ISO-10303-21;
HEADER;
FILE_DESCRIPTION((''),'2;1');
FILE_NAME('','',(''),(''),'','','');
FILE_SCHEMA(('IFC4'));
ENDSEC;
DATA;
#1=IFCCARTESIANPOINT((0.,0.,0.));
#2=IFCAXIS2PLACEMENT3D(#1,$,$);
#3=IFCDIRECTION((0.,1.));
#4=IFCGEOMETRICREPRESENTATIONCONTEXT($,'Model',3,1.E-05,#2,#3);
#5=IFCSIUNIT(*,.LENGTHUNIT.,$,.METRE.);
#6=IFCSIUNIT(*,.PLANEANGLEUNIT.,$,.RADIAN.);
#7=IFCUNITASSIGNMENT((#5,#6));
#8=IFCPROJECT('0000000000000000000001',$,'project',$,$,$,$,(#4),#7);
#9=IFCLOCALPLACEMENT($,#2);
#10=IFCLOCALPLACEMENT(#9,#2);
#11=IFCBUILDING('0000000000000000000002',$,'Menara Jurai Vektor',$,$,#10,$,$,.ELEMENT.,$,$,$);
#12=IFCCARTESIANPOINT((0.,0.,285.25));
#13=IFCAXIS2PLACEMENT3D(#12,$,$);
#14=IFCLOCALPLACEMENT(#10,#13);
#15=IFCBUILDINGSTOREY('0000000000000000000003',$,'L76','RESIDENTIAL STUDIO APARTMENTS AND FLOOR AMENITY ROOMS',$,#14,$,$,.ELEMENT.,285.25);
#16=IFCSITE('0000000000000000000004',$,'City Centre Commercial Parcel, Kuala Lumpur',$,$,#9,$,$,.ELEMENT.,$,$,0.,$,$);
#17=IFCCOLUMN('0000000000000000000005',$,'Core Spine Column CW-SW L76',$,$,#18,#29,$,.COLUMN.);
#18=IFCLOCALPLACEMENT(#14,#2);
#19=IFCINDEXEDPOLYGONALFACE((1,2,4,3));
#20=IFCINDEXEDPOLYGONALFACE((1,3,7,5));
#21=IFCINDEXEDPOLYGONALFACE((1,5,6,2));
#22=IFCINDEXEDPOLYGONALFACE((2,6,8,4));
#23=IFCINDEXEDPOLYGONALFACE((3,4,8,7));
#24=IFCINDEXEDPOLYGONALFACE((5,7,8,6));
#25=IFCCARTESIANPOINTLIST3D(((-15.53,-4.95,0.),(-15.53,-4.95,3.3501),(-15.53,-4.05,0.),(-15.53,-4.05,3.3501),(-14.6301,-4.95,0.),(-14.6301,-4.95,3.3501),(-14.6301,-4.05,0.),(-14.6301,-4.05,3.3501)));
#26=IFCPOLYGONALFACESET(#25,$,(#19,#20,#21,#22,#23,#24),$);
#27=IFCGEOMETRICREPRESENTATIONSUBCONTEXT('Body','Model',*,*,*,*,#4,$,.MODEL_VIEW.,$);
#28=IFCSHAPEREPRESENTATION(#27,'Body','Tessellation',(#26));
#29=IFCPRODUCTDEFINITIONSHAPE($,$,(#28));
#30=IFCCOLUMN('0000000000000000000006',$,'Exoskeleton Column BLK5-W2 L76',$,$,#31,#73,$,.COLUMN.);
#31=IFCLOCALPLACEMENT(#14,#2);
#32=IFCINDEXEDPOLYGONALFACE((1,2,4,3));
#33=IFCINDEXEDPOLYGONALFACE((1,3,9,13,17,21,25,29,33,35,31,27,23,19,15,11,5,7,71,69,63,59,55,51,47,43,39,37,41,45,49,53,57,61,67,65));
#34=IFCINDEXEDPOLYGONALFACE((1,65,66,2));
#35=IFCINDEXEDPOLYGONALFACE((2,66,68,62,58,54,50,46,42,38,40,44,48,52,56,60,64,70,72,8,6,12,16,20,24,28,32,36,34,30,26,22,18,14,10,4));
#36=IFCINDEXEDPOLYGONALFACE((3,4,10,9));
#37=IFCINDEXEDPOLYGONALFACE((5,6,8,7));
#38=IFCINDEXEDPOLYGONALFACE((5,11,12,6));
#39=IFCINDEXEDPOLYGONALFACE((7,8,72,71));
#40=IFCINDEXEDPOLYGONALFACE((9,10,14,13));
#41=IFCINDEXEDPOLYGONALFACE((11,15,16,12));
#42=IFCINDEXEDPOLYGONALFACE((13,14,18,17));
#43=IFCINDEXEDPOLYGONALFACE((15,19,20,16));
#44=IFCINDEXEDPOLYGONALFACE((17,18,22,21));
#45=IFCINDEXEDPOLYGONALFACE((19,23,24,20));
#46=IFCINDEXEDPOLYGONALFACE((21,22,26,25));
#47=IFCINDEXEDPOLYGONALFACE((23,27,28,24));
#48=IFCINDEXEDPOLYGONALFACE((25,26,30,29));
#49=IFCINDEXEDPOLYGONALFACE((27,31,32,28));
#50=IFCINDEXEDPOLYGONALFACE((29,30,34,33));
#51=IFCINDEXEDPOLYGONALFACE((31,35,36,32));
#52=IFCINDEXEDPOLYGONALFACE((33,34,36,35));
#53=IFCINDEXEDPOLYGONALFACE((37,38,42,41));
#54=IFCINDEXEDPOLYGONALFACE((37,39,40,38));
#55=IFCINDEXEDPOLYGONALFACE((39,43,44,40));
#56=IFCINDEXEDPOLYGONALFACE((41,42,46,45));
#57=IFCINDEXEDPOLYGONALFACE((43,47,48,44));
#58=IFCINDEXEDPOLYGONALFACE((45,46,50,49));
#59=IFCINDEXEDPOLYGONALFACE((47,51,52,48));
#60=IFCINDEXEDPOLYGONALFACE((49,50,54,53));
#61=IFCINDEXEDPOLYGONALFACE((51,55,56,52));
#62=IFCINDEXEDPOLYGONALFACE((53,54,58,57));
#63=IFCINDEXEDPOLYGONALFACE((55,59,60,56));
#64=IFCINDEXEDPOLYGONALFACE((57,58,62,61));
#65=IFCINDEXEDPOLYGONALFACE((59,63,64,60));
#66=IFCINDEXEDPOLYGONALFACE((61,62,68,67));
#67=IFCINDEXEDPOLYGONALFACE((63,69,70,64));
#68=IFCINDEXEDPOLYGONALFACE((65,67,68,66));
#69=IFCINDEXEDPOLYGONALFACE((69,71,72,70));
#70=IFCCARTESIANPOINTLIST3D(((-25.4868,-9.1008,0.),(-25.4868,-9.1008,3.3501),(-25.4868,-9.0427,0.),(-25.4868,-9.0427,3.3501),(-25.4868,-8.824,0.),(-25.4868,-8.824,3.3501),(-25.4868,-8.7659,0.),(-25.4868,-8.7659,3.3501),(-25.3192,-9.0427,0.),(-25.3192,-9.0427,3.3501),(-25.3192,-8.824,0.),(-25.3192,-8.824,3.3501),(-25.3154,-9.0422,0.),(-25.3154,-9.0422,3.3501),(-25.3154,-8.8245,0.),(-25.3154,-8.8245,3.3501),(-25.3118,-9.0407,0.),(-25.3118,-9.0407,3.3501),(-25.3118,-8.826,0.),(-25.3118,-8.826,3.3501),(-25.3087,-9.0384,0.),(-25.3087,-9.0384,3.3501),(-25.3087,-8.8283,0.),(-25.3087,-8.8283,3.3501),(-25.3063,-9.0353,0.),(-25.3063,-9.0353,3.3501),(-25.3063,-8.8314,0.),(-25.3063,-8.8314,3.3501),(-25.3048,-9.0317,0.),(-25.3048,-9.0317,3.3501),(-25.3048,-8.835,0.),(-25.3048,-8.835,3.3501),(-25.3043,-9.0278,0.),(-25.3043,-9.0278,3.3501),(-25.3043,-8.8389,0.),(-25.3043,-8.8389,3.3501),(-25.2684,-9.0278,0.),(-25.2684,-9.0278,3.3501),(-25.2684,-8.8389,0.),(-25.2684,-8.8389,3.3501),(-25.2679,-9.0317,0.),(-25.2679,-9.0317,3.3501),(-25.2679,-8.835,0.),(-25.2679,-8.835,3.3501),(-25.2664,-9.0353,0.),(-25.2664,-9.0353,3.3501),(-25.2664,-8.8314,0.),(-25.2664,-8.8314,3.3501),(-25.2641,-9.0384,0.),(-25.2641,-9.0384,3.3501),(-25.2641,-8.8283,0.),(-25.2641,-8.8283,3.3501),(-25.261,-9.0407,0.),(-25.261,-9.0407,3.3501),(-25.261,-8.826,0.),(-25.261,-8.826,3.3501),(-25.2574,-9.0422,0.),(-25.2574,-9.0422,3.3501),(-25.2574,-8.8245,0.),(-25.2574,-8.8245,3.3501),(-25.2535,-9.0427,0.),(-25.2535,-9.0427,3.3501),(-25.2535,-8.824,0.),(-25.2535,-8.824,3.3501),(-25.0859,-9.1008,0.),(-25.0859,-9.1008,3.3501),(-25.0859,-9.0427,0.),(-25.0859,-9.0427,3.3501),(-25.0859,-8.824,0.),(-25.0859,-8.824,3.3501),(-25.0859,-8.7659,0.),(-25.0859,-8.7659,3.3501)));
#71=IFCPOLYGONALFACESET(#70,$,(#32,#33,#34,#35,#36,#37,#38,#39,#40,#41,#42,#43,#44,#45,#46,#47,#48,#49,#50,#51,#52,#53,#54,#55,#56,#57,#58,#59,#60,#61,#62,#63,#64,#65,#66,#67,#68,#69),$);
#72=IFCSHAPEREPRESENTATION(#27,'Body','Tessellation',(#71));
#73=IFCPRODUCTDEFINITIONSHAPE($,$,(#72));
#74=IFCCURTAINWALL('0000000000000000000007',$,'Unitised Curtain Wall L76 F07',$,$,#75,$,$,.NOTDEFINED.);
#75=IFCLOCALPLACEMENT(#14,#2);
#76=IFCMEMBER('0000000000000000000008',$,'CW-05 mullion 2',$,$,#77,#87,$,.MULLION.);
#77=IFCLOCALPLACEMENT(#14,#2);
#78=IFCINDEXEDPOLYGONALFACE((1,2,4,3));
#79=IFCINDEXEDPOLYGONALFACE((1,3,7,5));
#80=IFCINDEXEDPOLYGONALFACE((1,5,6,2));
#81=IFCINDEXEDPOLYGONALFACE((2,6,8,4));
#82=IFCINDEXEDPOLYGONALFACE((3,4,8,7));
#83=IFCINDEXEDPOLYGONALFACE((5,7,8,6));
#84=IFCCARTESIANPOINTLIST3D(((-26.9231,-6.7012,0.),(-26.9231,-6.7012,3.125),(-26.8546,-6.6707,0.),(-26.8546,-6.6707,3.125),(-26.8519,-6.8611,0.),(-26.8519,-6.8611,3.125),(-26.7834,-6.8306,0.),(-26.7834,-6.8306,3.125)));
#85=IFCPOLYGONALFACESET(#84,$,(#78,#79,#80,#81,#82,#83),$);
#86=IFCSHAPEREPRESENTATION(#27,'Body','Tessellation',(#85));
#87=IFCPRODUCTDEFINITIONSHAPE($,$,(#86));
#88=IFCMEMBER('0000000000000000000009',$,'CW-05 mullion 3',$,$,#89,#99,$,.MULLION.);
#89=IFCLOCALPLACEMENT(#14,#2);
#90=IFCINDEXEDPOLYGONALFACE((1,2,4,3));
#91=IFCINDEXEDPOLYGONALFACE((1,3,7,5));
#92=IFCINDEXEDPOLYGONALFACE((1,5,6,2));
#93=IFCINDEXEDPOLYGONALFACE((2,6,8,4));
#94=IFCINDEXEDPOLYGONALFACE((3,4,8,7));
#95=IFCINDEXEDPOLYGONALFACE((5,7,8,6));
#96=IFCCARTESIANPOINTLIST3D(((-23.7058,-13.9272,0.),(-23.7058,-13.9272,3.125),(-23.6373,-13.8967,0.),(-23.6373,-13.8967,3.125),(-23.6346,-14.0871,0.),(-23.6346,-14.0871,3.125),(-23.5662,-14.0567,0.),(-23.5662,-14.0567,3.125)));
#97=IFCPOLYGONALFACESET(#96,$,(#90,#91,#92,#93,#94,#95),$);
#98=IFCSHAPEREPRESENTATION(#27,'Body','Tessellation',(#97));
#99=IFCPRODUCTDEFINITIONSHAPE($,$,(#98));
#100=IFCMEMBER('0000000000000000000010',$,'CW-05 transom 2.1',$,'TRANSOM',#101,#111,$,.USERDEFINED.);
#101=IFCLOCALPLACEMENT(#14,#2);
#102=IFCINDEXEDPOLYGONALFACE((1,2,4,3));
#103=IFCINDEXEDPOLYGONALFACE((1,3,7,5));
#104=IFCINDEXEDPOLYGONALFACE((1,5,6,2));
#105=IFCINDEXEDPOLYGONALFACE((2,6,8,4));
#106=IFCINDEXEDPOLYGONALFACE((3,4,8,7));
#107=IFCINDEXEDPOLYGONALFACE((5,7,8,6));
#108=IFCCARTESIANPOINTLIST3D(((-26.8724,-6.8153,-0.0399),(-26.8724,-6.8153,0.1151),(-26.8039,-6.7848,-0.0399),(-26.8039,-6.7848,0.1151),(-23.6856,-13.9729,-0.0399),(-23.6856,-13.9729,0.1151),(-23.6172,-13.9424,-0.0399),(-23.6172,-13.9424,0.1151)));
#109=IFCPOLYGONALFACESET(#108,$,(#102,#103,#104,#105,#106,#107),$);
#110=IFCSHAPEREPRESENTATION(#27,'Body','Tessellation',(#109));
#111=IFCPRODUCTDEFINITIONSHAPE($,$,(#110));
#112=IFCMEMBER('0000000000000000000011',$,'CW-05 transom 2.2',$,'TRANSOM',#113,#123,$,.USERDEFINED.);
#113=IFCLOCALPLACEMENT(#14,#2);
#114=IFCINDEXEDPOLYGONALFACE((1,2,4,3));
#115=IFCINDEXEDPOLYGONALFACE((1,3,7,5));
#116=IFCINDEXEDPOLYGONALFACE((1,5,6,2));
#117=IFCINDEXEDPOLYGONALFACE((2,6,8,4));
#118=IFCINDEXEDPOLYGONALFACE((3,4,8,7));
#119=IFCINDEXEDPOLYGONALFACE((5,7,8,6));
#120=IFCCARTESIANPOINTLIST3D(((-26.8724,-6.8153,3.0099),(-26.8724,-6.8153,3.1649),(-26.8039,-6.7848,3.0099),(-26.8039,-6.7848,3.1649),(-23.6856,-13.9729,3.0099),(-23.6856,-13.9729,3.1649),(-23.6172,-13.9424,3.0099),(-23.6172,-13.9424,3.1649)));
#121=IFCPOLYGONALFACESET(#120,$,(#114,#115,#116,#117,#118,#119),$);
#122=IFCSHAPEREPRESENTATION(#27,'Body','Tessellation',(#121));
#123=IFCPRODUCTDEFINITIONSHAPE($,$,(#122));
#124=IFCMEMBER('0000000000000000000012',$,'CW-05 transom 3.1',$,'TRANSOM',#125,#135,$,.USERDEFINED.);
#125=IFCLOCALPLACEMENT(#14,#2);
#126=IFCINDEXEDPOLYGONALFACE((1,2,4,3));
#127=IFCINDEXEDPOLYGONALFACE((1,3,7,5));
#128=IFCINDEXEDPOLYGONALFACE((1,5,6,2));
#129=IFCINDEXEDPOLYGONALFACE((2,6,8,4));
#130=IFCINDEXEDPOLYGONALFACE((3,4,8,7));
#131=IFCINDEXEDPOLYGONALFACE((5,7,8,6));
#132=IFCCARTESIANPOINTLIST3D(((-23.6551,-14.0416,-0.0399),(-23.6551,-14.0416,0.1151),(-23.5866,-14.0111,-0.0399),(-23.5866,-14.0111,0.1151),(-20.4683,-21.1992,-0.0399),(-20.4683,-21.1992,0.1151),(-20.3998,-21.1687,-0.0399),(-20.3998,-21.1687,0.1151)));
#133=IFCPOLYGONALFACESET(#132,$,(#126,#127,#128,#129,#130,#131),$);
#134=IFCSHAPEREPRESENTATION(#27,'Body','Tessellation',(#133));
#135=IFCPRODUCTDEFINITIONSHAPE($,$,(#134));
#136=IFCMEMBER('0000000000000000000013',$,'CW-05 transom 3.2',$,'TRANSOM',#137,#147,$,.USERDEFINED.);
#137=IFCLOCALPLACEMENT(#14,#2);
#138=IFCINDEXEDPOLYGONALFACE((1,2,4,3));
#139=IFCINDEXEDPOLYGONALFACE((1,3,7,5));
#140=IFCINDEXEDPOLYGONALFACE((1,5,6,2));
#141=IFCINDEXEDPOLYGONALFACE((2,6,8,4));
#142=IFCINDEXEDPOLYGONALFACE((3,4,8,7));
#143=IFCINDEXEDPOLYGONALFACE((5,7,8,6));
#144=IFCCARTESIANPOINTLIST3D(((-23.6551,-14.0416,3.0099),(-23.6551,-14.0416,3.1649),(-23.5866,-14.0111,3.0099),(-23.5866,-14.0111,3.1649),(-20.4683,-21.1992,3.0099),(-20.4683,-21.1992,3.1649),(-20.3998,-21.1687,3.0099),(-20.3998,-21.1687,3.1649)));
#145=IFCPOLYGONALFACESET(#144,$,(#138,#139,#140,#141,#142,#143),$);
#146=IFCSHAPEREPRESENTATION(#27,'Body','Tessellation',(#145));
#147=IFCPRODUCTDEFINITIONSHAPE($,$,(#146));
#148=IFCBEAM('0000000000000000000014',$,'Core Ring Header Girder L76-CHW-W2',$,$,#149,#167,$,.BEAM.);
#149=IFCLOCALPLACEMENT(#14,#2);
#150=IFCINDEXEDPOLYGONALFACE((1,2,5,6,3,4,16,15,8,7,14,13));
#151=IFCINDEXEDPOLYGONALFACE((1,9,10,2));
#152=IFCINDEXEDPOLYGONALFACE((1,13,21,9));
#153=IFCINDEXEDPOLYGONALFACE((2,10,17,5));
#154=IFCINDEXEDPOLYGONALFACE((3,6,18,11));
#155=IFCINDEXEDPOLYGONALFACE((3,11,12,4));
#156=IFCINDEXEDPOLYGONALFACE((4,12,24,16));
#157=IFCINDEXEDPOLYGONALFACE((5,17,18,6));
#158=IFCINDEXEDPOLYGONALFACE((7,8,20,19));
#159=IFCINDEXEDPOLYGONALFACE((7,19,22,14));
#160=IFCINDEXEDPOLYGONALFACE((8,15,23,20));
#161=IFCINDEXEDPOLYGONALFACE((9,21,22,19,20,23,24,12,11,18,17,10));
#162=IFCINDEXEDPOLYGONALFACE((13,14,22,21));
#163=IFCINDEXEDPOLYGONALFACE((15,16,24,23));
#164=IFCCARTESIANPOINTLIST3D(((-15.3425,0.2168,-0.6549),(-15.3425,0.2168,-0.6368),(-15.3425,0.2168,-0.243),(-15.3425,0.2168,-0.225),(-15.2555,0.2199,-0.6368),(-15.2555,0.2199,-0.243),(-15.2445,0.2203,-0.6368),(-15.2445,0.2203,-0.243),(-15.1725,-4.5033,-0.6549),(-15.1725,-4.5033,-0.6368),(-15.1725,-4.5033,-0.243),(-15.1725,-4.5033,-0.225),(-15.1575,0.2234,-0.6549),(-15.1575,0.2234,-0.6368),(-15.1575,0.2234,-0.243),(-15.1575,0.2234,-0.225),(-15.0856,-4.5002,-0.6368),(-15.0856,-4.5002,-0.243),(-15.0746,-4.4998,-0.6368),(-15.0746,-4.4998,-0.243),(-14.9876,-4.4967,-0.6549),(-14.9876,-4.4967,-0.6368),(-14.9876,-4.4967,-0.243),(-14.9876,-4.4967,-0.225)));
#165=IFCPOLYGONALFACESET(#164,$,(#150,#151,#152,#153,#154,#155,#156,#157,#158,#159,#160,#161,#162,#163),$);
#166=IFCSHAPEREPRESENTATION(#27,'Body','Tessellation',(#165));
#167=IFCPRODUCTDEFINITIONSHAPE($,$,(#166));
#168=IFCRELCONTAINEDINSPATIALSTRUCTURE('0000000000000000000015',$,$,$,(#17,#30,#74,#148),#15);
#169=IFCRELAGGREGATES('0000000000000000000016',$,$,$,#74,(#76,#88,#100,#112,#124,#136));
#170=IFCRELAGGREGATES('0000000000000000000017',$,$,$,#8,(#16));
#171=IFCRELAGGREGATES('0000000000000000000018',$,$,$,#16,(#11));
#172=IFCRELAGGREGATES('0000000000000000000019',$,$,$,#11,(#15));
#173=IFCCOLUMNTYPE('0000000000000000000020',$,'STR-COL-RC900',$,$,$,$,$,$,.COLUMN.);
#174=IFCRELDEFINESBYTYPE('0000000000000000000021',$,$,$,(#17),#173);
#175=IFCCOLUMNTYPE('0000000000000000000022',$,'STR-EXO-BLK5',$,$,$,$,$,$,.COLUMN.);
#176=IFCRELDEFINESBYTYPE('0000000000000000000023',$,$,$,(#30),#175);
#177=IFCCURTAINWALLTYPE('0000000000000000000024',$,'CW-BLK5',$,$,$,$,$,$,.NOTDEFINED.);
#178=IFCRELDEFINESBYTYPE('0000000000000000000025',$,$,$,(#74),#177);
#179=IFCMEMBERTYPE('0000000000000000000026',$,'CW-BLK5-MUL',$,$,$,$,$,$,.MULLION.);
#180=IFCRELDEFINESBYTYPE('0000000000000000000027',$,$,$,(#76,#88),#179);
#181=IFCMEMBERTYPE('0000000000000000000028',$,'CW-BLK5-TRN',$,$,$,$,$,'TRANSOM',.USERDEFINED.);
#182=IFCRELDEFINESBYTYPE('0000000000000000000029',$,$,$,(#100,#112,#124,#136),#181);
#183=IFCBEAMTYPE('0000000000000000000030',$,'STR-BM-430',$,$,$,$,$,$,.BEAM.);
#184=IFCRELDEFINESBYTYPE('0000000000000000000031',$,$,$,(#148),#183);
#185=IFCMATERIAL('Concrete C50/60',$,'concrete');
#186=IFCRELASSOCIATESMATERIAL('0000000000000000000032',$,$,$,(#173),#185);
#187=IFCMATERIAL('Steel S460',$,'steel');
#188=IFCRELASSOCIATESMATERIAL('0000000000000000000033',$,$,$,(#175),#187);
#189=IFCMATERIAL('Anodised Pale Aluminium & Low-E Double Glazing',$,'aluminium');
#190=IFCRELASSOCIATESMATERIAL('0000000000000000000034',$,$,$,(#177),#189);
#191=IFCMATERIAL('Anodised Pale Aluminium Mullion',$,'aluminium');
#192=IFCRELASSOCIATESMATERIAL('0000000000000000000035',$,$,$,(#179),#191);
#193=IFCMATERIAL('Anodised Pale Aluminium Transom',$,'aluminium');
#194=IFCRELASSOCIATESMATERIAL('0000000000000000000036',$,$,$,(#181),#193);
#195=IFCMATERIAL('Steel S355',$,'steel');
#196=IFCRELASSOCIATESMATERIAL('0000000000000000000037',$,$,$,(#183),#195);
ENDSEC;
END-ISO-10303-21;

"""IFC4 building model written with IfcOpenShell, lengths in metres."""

from ifc_helpers import new_model, si_unit, direction, frame, origin, origin_2d, place, context, subcontext, project, spatial, rectangle, i_section, extrude, material, material_profile, profile_set, type_object, element, aggregate, save


model = new_model("IFC4")

# Units and contexts
model_context = context("Model", 3, precision=1e-05, world=origin(), true_north=direction((0.0, 1.0)))
body_context = subcontext(model_context, "Body", "Model", "MODEL_VIEW")
ifc_project = project(units=[si_unit("LENGTHUNIT", "METRE"), si_unit("PLANEANGLEUNIT", "RADIAN")], contexts=[model_context])

# Site, building, storey
site_placement = place(None, origin())
site = spatial("IfcSite", under=ifc_project, at=site_placement, Name="City Centre Commercial Parcel, Kuala Lumpur", CompositionType="ELEMENT", RefElevation=0.0)
building_placement = place(site_placement, origin())
building = spatial("IfcBuilding", under=site, at=building_placement, Name="Menara Jurai Vektor", CompositionType="ELEMENT")
storey_placement = place(building_placement, frame((0.0, 0.0, 285.25)))
storey = spatial("IfcBuildingStorey", under=building, at=storey_placement, Name="L76", Description="RESIDENTIAL STUDIO APARTMENTS AND FLOOR AMENITY ROOMS", CompositionType="ELEMENT", Elevation=285.25)

# Columns
ifc_material_1 = material(Name="Concrete C50/60", Category="concrete")
ifc_material_profile_1 = material_profile(ifc_material_1, rectangle(XDim=0.8999, YDim=0.8999, at=origin_2d()), Name="RC 900x900")
ifc_profile_set_1 = profile_set([ifc_material_profile_1], Name="Concrete C50/60")
column_type_1 = type_object("IfcColumnType", Name="STR-COL-RC900", PredefinedType="COLUMN", material=ifc_profile_set_1)
column_1_placement = place(storey_placement, frame((-15.0801, -4.5, 0.0), z_axis=(0.0, 0.0, 1.0), x_axis=(1.0, 0.0, 0.0)))
element("IfcColumn", 1, at=column_1_placement, inside=storey, type_object=column_type_1, Name="Core Spine Column CW-SW L76", PredefinedType="COLUMN", context=body_context, shape_type="SweptSolid", body=[
    extrude(rectangle(XDim=0.8999, YDim=0.8999, at=origin_2d()), origin(), (0.0, 0.0, 1.0), 3.3501),
])
ifc_material_2 = material(Name="Steel S460", Category="steel")
ifc_material_profile_2 = material_profile(ifc_material_2, i_section(OverallWidth=0.4009, OverallDepth=0.335, WebThickness=0.0359, FlangeThickness=0.0581, FilletRadius=0.0149, at=origin_2d()), Name="HD 400x463")
ifc_profile_set_2 = profile_set([ifc_material_profile_2], Name="Steel S460")
column_type_2 = type_object("IfcColumnType", Name="STR-EXO-BLK5", PredefinedType="COLUMN", material=ifc_profile_set_2)
column_2_placement = place(storey_placement, frame((-25.2864, -8.9333, 0.0), z_axis=(0.0, 0.0, 1.0), x_axis=(1.0, 0.0, 0.0)))
element("IfcColumn", 2, at=column_2_placement, inside=storey, type_object=column_type_2, Name="Exoskeleton Column BLK5-W2 L76", PredefinedType="COLUMN", context=body_context, shape_type="SweptSolid", body=[
    extrude(i_section(OverallWidth=0.4009, OverallDepth=0.335, WebThickness=0.0359, FlangeThickness=0.0581, FilletRadius=0.0149, at=origin_2d()), origin(), (0.0, 0.0, 1.0), 3.3501),
])

# Curtain wall, members
ifc_material_3 = material(Name="Anodised Pale Aluminium & Low-E Double Glazing", Category="aluminium")
curtain_wall_type = type_object("IfcCurtainWallType", Name="CW-BLK5", PredefinedType="NOTDEFINED", material=ifc_material_3)
curtain_wall_placement = place(storey_placement, origin())
curtain_wall = element("IfcCurtainWall", 3, at=curtain_wall_placement, inside=storey, type_object=curtain_wall_type, Name="Unitised Curtain Wall L76 F07", PredefinedType="NOTDEFINED")
ifc_material_4 = material(Name="Anodised Pale Aluminium Mullion", Category="aluminium")
ifc_material_profile_3 = material_profile(ifc_material_4, rectangle(XDim=0.075, YDim=0.175, at=origin_2d()), Name="ALU MUL 75x175")
ifc_profile_set_3 = profile_set([ifc_material_profile_3], Name="Anodised Pale Aluminium Mullion")
member_type_1 = type_object("IfcMemberType", Name="CW-BLK5-MUL", PredefinedType="MULLION", material=ifc_profile_set_3)
member_1_placement = place(storey_placement, frame((-26.8533, -6.7659, 0.0), z_axis=(0.0, 0.0, 1.0), x_axis=(0.913546, 0.406735, 0.0)))
member_1 = element("IfcMember", 4, at=member_1_placement, type_object=member_type_1, Name="CW-05 mullion 2", PredefinedType="MULLION", context=body_context, shape_type="SweptSolid", body=[
    extrude(rectangle(XDim=0.075, YDim=0.175, at=origin_2d()), origin(), (0.0, 0.0, 1.0), 3.125),
])
member_2_placement = place(storey_placement, frame((-23.636, -13.9919, 0.0), z_axis=(0.0, 0.0, 1.0), x_axis=(0.913546, 0.406735, 0.0)))
member_2 = element("IfcMember", 5, at=member_2_placement, type_object=member_type_1, Name="CW-05 mullion 3", PredefinedType="MULLION", context=body_context, shape_type="SweptSolid", body=[
    extrude(rectangle(XDim=0.075, YDim=0.175, at=origin_2d()), origin(), (0.0, 0.0, 1.0), 3.125),
])
ifc_material_5 = material(Name="Anodised Pale Aluminium Transom", Category="aluminium")
ifc_material_profile_4 = material_profile(ifc_material_5, rectangle(XDim=0.075, YDim=0.155, at=origin_2d()), Name="ALU TRN 75x155")
ifc_profile_set_4 = profile_set([ifc_material_profile_4], Name="Anodised Pale Aluminium Transom")
member_type_2 = type_object("IfcMemberType", Name="CW-BLK5-TRN", ElementType="TRANSOM", PredefinedType="USERDEFINED", material=ifc_profile_set_4)
member_3_placement = place(storey_placement, frame((-26.8381, -6.8, 0.0376), z_axis=(0.406731, -0.913548, 0.0), x_axis=(0.913548, 0.406731, 0.0)))
member_3 = element("IfcMember", 6, at=member_3_placement, type_object=member_type_2, Name="CW-05 transom 2.1", ObjectType="TRANSOM", PredefinedType="USERDEFINED", context=body_context, shape_type="SweptSolid", body=[
    extrude(rectangle(XDim=0.075, YDim=0.155, at=origin_2d()), origin(), (0.0, 0.0, 1.0), 7.835),
])
member_4_placement = place(storey_placement, frame((-26.8381, -6.8, 3.0874), z_axis=(0.406731, -0.913548, 0.0), x_axis=(0.913548, 0.406731, 0.0)))
member_4 = element("IfcMember", 7, at=member_4_placement, type_object=member_type_2, Name="CW-05 transom 2.2", ObjectType="TRANSOM", PredefinedType="USERDEFINED", context=body_context, shape_type="SweptSolid", body=[
    extrude(rectangle(XDim=0.075, YDim=0.155, at=origin_2d()), origin(), (0.0, 0.0, 1.0), 7.835),
])
member_5_placement = place(storey_placement, frame((-23.6208, -14.0264, 0.0376), z_axis=(0.406743, -0.913543, 0.0), x_axis=(0.913543, 0.406743, 0.0)))
member_5 = element("IfcMember", 8, at=member_5_placement, type_object=member_type_2, Name="CW-05 transom 3.1", ObjectType="TRANSOM", PredefinedType="USERDEFINED", context=body_context, shape_type="SweptSolid", body=[
    extrude(rectangle(XDim=0.075, YDim=0.155, at=origin_2d()), origin(), (0.0, 0.0, 1.0), 7.835),
])
member_6_placement = place(storey_placement, frame((-23.6208, -14.0264, 3.0874), z_axis=(0.406743, -0.913543, 0.0), x_axis=(0.913543, 0.406743, 0.0)))
member_6 = element("IfcMember", 9, at=member_6_placement, type_object=member_type_2, Name="CW-05 transom 3.2", ObjectType="TRANSOM", PredefinedType="USERDEFINED", context=body_context, shape_type="SweptSolid", body=[
    extrude(rectangle(XDim=0.075, YDim=0.155, at=origin_2d()), origin(), (0.0, 0.0, 1.0), 7.835),
])

# Beam
ifc_material_6 = material(Name="Steel S355", Category="steel")
ifc_material_profile_5 = material_profile(ifc_material_6, i_section(OverallWidth=0.1851, OverallDepth=0.4299, WebThickness=0.011, FlangeThickness=0.0181, at=origin_2d()), Name="PG 430x185x76")
ifc_profile_set_5 = profile_set([ifc_material_profile_5], Name="Steel S355")
beam_type_1 = type_object("IfcBeamType", Name="STR-BM-430", PredefinedType="BEAM", material=ifc_profile_set_5)
beam_1_placement = place(storey_placement, frame((-15.0801, -4.5, -0.4399), z_axis=(-0.035977, 0.999353, 0.0), x_axis=(-0.999353, -0.035977, 0.0)))
element("IfcBeam", 10, at=beam_1_placement, inside=storey, type_object=beam_type_1, Name="Core Ring Header Girder L76-CHW-W2", PredefinedType="BEAM", context=body_context, shape_type="SweptSolid", body=[
    extrude(i_section(OverallWidth=0.1851, OverallDepth=0.4299, WebThickness=0.011, FlangeThickness=0.0181, at=origin_2d()), origin(), (0.0, 0.0, 1.0), 4.7231),
])

aggregate(curtain_wall, [member_1, member_2, member_3, member_4, member_5, member_6])

save(model, "model.ifc")
